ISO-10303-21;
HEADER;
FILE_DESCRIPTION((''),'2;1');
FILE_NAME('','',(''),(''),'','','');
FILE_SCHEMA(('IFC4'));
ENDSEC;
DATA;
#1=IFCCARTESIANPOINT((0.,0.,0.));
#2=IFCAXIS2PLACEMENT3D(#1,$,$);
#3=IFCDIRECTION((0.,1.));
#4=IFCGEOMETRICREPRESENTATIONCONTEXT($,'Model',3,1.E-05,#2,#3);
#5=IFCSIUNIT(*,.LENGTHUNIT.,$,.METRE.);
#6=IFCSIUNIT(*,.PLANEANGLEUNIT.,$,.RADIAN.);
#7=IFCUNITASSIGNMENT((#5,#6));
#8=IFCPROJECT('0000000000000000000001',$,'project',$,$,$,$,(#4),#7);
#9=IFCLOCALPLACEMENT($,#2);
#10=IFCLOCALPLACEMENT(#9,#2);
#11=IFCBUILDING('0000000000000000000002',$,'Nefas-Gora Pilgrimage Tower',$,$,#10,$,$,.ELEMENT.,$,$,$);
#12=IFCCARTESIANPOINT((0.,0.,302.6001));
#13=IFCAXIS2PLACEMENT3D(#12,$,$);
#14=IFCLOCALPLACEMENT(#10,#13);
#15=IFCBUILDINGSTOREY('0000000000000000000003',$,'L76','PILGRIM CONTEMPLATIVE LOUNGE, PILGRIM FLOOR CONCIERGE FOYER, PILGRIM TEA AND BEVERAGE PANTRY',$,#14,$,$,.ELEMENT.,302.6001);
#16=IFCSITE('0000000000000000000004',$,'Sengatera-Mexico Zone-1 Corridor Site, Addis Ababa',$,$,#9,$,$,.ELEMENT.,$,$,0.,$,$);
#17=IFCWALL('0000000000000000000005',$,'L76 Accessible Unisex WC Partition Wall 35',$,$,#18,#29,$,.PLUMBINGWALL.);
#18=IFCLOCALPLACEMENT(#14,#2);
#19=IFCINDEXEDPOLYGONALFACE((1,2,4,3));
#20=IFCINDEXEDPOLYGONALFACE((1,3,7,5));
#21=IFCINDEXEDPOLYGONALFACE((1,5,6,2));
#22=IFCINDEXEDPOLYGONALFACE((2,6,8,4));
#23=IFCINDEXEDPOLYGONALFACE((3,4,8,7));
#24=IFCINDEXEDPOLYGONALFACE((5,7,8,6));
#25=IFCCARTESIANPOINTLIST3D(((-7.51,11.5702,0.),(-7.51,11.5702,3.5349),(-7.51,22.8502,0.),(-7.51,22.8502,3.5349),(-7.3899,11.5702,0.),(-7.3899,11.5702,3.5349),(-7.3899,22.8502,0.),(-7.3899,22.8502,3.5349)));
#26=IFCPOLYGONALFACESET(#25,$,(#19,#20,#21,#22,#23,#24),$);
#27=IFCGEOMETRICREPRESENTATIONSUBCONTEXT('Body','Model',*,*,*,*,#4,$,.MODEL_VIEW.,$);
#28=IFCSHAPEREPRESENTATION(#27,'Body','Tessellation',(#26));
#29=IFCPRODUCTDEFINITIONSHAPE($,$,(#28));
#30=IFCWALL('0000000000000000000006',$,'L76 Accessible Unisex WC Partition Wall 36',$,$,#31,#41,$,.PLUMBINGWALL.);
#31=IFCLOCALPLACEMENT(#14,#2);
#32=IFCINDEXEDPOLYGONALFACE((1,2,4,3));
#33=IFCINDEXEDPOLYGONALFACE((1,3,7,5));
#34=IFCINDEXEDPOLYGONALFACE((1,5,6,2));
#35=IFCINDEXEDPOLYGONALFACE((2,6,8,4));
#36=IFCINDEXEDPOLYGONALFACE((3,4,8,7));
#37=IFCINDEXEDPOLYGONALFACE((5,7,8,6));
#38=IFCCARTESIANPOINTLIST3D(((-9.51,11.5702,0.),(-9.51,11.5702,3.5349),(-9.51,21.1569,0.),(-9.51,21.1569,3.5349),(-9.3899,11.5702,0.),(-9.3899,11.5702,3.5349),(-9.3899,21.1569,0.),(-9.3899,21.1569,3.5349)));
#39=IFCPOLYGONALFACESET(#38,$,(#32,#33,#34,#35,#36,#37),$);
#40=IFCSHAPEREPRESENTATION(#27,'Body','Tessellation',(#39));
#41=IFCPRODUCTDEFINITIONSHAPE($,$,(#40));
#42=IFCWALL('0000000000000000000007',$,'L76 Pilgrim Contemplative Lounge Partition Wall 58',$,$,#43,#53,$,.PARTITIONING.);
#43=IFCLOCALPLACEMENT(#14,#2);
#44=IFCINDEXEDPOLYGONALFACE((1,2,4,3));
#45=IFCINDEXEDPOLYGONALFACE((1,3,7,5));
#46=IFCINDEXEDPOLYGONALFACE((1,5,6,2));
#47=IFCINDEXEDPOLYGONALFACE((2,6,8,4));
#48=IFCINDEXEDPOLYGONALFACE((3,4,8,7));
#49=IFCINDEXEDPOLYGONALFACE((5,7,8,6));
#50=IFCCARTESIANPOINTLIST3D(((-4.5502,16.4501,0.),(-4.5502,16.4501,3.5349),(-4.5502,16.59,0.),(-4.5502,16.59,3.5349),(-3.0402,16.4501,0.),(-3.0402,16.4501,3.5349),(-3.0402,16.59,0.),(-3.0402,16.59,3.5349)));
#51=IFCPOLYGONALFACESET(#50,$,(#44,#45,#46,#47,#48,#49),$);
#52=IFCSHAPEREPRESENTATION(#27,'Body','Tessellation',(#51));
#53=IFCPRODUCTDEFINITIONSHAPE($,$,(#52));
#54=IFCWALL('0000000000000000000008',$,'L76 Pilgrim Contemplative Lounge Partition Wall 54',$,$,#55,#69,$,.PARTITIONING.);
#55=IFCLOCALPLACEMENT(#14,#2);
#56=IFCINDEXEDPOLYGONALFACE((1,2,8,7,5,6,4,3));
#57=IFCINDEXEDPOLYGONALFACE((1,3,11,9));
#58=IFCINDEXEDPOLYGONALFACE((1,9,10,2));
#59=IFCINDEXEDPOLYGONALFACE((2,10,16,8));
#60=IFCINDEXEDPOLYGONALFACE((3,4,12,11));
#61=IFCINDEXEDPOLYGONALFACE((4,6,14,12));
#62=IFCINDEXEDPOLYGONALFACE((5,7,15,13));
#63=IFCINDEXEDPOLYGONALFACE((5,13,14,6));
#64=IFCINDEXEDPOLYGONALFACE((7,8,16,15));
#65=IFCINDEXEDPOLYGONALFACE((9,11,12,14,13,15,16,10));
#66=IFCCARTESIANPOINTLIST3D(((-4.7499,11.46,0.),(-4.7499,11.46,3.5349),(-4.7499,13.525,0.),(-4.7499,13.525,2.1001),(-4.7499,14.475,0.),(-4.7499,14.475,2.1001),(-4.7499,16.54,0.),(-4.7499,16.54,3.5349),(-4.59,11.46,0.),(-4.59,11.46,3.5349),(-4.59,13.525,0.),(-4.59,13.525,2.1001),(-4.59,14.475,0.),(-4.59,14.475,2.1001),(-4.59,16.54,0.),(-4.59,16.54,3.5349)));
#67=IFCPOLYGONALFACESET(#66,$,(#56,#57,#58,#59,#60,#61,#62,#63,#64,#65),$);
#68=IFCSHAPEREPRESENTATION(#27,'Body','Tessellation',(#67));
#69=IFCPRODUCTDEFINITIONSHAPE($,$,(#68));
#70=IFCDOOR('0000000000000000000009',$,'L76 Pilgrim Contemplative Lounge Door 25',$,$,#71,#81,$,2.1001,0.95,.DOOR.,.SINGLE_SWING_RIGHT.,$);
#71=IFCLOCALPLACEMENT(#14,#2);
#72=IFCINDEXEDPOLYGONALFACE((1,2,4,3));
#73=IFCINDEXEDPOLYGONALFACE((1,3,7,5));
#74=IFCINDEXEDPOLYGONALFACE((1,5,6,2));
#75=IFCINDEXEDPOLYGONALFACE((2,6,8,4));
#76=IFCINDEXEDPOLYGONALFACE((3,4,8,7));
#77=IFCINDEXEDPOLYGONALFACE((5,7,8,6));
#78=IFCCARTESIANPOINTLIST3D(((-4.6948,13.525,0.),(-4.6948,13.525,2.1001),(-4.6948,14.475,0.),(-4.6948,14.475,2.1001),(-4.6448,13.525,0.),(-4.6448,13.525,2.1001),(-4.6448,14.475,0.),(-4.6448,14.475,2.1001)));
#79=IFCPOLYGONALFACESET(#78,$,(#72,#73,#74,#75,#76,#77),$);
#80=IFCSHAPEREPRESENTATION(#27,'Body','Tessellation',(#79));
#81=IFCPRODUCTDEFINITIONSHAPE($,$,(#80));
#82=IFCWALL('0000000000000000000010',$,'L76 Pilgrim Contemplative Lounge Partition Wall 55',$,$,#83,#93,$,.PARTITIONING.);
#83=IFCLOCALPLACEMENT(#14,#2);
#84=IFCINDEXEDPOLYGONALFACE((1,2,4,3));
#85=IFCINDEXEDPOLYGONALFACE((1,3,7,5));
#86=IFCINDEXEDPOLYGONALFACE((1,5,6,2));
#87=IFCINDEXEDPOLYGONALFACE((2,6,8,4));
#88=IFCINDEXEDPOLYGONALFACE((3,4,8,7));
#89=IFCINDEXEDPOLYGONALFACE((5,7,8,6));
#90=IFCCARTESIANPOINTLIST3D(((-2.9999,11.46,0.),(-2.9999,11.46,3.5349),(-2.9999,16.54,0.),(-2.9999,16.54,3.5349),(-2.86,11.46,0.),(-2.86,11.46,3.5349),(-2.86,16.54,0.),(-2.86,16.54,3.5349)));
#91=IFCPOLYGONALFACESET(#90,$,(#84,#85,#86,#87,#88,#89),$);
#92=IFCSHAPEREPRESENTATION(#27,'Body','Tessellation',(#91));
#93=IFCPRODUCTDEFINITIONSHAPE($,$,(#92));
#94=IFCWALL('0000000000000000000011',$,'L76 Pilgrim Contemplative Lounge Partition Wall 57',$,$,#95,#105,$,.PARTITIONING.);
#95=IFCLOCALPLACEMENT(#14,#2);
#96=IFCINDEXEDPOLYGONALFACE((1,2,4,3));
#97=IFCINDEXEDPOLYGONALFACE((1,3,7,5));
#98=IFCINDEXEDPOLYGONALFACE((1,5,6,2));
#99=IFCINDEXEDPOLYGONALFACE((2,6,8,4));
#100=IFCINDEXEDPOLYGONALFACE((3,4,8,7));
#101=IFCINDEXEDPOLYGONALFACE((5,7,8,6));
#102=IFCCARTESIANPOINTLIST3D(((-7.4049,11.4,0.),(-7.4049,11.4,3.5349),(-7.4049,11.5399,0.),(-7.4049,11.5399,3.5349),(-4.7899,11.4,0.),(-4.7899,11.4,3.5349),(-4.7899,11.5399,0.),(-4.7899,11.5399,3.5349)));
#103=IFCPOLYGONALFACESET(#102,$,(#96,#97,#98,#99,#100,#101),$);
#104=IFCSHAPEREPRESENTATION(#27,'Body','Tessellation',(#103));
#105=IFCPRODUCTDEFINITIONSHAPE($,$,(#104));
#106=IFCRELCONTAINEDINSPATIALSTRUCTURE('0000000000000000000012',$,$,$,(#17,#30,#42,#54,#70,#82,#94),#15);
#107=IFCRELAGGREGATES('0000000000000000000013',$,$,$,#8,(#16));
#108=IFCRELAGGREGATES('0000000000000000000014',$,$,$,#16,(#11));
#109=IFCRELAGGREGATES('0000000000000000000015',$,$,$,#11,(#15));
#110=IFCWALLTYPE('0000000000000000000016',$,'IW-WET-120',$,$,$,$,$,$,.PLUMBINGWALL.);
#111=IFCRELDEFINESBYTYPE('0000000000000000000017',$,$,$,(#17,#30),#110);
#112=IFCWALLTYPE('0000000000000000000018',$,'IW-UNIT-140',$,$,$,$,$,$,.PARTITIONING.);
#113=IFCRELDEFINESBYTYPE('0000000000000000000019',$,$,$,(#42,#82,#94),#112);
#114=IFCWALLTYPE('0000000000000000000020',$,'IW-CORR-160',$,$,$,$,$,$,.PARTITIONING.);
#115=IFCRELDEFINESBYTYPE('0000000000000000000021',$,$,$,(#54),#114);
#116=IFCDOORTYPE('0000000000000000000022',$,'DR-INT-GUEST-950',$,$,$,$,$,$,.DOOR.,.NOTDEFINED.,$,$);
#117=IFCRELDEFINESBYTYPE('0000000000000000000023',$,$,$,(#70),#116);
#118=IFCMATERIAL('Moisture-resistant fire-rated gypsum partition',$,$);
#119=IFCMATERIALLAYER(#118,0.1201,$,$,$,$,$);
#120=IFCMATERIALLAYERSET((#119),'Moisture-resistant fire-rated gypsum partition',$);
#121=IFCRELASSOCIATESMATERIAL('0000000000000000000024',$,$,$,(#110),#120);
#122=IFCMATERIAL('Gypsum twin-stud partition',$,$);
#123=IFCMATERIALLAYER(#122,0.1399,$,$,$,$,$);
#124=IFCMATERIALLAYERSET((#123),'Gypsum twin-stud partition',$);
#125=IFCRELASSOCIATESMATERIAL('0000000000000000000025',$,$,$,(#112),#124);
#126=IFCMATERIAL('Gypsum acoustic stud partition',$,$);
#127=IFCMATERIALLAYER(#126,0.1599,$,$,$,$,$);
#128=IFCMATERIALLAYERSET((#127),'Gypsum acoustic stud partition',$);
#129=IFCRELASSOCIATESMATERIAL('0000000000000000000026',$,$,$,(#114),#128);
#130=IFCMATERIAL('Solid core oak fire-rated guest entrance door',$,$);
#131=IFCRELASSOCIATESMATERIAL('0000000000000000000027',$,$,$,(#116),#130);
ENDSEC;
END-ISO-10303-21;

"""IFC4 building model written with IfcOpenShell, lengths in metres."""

from ifc_helpers import new_model, si_unit, direction, frame, frame_2d, origin, place, context, subcontext, project, spatial, rectangle, extrude, source, transform, mapped, material, layer, layer_set, type_object, element, fill, save


model = new_model("IFC4")

# Units and contexts
model_context = context("Model", 3, precision=1e-05, world=origin(), true_north=direction((0.0, 1.0)))
body_context = subcontext(model_context, "Body", "Model", "MODEL_VIEW")
ifc_project = project(units=[si_unit("LENGTHUNIT", "METRE"), si_unit("PLANEANGLEUNIT", "RADIAN")], contexts=[model_context])

# Site, building, storey
site_placement = place(None, origin())
site = spatial("IfcSite", under=ifc_project, at=site_placement, Name="Sengatera-Mexico Zone-1 Corridor Site, Addis Ababa", CompositionType="ELEMENT", RefElevation=0.0)
building_placement = place(site_placement, origin())
building = spatial("IfcBuilding", under=site, at=building_placement, Name="Nefas-Gora Pilgrimage Tower", CompositionType="ELEMENT")
storey_placement = place(building_placement, frame((0.0, 0.0, 302.6001)))
storey = spatial("IfcBuildingStorey", under=building, at=storey_placement, Name="L76", Description="PILGRIM CONTEMPLATIVE LOUNGE, PILGRIM FLOOR CONCIERGE FOYER, PILGRIM TEA AND BEVERAGE PANTRY", CompositionType="ELEMENT", Elevation=302.6001)

# Shared definitions
ifc_material_1 = material(Name="Moisture-resistant fire-rated gypsum partition")
ifc_layer_1 = layer(ifc_material_1, 0.1201)
ifc_layer_set_1 = layer_set([ifc_layer_1], Name="Moisture-resistant fire-rated gypsum partition")
wall_type_1 = type_object("IfcWallType", Name="IW-WET-120", PredefinedType="PLUMBINGWALL", material=ifc_layer_set_1)

# Walls
shared_shape_1 = source(origin(), body_context, "Body", "SweptSolid", [
    extrude(rectangle(XDim=11.28, YDim=0.1201, at=frame_2d((5.6401, 0.0))), origin(), (0.0, 0.0, 1.0), 3.5349),
])
wall_1_placement = place(storey_placement, frame((-7.45, 11.5701, 0.0), z_axis=(0.0, 0.0, 1.0), x_axis=(0.0, 1.0, 0.0)))
element("IfcWall", 1, at=wall_1_placement, inside=storey, type_object=wall_type_1, Name="L76 Accessible Unisex WC Partition Wall 35", PredefinedType="PLUMBINGWALL", context=body_context, shape_type="MappedRepresentation", body=[
    mapped(shared_shape_1, transform((0.0, 0.0, 0.0), x_axis=(1.0, 0.0, 0.0), y_axis=(0.0, 1.0, 0.0), z_axis=(0.0, 0.0, 1.0), scale=1.0)),
])
shared_shape_2 = source(origin(), body_context, "Body", "SweptSolid", [
    extrude(rectangle(XDim=9.5867, YDim=0.1201, at=frame_2d((4.7935, 0.0))), origin(), (0.0, 0.0, 1.0), 3.5349),
])
wall_2_placement = place(storey_placement, frame((-9.45, 11.5701, 0.0), z_axis=(0.0, 0.0, 1.0), x_axis=(0.0, 1.0, 0.0)))
element("IfcWall", 2, at=wall_2_placement, inside=storey, type_object=wall_type_1, Name="L76 Accessible Unisex WC Partition Wall 36", PredefinedType="PLUMBINGWALL", context=body_context, shape_type="MappedRepresentation", body=[
    mapped(shared_shape_2, transform((0.0, 0.0, 0.0), x_axis=(1.0, 0.0, 0.0), y_axis=(0.0, 1.0, 0.0), z_axis=(0.0, 0.0, 1.0), scale=1.0)),
])
ifc_material_2 = material(Name="Gypsum twin-stud partition")
ifc_layer_2 = layer(ifc_material_2, 0.1399)
ifc_layer_set_2 = layer_set([ifc_layer_2], Name="Gypsum twin-stud partition")
wall_type_2 = type_object("IfcWallType", Name="IW-UNIT-140", PredefinedType="PARTITIONING", material=ifc_layer_set_2)
shared_shape_3 = source(origin(), body_context, "Body", "SweptSolid", [
    extrude(rectangle(XDim=1.51, YDim=0.1399, at=frame_2d((0.7549, 0.0))), origin(), (0.0, 0.0, 1.0), 3.5349),
])
wall_3_placement = place(storey_placement, frame((-4.55, 16.52, 0.0), z_axis=(0.0, 0.0, 1.0), x_axis=(1.0, 0.0, 0.0)))
element("IfcWall", 3, at=wall_3_placement, inside=storey, type_object=wall_type_2, Name="L76 Pilgrim Contemplative Lounge Partition Wall 58", PredefinedType="PARTITIONING", context=body_context, shape_type="MappedRepresentation", body=[
    mapped(shared_shape_3, transform((0.0, 0.0, 0.0), x_axis=(1.0, 0.0, 0.0), y_axis=(0.0, 1.0, 0.0), z_axis=(0.0, 0.0, 1.0), scale=1.0)),
])

# Wall, opening, door
ifc_material_3 = material(Name="Gypsum acoustic stud partition")
ifc_layer_3 = layer(ifc_material_3, 0.1599)
ifc_layer_set_3 = layer_set([ifc_layer_3], Name="Gypsum acoustic stud partition")
wall_type_3 = type_object("IfcWallType", Name="IW-CORR-160", PredefinedType="PARTITIONING", material=ifc_layer_set_3)
shared_shape_4 = source(origin(), body_context, "Body", "SweptSolid", [
    extrude(rectangle(XDim=5.0801, YDim=0.1599, at=frame_2d((2.54, 0.0))), origin(), (0.0, 0.0, 1.0), 3.5349),
])
wall_4_placement = place(storey_placement, frame((-4.6699, 11.46, 0.0), z_axis=(0.0, 0.0, 1.0), x_axis=(0.0, 1.0, 0.0)))
wall_4 = element("IfcWall", 4, at=wall_4_placement, inside=storey, type_object=wall_type_3, Name="L76 Pilgrim Contemplative Lounge Partition Wall 54", PredefinedType="PARTITIONING", context=body_context, shape_type="MappedRepresentation", body=[
    mapped(shared_shape_4, transform((0.0, 0.0, 0.0), x_axis=(1.0, 0.0, 0.0), y_axis=(0.0, 1.0, 0.0), z_axis=(0.0, 0.0, 1.0), scale=1.0)),
])
opening_1_placement = place(wall_4_placement, frame((2.0649, 0.0, 0.0)))
opening_1 = element("IfcOpeningElement", 5, at=opening_1_placement, cuts=wall_4, PredefinedType="OPENING", context=body_context, shape_type="SweptSolid", body=[
    extrude(rectangle(XDim=0.95, YDim=2.1001, at=frame_2d((0.4751, 1.05))), frame((0.0, 0.0898, 0.0), z_axis=(0.0, -1.0, 0.0), x_axis=(1.0, 0.0, 0.0)), (0.0, 0.0, 1.0), 0.1799),
])
ifc_material_4 = material(Name="Solid core oak fire-rated guest entrance door")
door_type_1 = type_object("IfcDoorType", Name="DR-INT-GUEST-950", OperationType="NOTDEFINED", PredefinedType="DOOR", material=ifc_material_4)
shared_shape_5 = source(origin(), body_context, "Body", "SweptSolid", [
    extrude(rectangle(XDim=0.95, YDim=2.1001, at=frame_2d((0.4751, 1.05))), frame((0.0, 0.0249, 0.0), z_axis=(0.0, -1.0, 0.0), x_axis=(1.0, 0.0, 0.0)), (0.0, 0.0, 1.0), 0.05),
])
door_1_placement = place(opening_1_placement, origin())
door_1 = element("IfcDoor", 6, at=door_1_placement, inside=storey, type_object=door_type_1, Name="L76 Pilgrim Contemplative Lounge Door 25", OperationType="SINGLE_SWING_RIGHT", OverallHeight=2.1001, OverallWidth=0.95, PredefinedType="DOOR", context=body_context, shape_type="MappedRepresentation", body=[
    mapped(shared_shape_5, transform((0.0, 0.0, 0.0), x_axis=(1.0, 0.0, 0.0), y_axis=(0.0, 1.0, 0.0), z_axis=(0.0, 0.0, 1.0), scale=1.0)),
])
fill(opening_1, door_1)

# Walls
shared_shape_6 = source(origin(), body_context, "Body", "SweptSolid", [
    extrude(rectangle(XDim=5.0801, YDim=0.1399, at=frame_2d((2.54, 0.0))), origin(), (0.0, 0.0, 1.0), 3.5349),
])
wall_5_placement = place(storey_placement, frame((-2.9299, 11.46, 0.0), z_axis=(0.0, 0.0, 1.0), x_axis=(0.0, 1.0, 0.0)))
element("IfcWall", 7, at=wall_5_placement, inside=storey, type_object=wall_type_2, Name="L76 Pilgrim Contemplative Lounge Partition Wall 55", PredefinedType="PARTITIONING", context=body_context, shape_type="MappedRepresentation", body=[
    mapped(shared_shape_6, transform((0.0, 0.0, 0.0), x_axis=(1.0, 0.0, 0.0), y_axis=(0.0, 1.0, 0.0), z_axis=(0.0, 0.0, 1.0), scale=1.0)),
])
shared_shape_7 = source(origin(), body_context, "Body", "SweptSolid", [
    extrude(rectangle(XDim=2.615, YDim=0.1399, at=frame_2d((1.3076, 0.0))), origin(), (0.0, 0.0, 1.0), 3.5349),
])
wall_6_placement = place(storey_placement, frame((-7.405, 11.47, 0.0), z_axis=(0.0, 0.0, 1.0), x_axis=(1.0, 0.0, 0.0)))
element("IfcWall", 8, at=wall_6_placement, inside=storey, type_object=wall_type_2, Name="L76 Pilgrim Contemplative Lounge Partition Wall 57", PredefinedType="PARTITIONING", context=body_context, shape_type="MappedRepresentation", body=[
    mapped(shared_shape_7, transform((0.0, 0.0, 0.0), x_axis=(1.0, 0.0, 0.0), y_axis=(0.0, 1.0, 0.0), z_axis=(0.0, 0.0, 1.0), scale=1.0)),
])

save(model, "model.ifc")
